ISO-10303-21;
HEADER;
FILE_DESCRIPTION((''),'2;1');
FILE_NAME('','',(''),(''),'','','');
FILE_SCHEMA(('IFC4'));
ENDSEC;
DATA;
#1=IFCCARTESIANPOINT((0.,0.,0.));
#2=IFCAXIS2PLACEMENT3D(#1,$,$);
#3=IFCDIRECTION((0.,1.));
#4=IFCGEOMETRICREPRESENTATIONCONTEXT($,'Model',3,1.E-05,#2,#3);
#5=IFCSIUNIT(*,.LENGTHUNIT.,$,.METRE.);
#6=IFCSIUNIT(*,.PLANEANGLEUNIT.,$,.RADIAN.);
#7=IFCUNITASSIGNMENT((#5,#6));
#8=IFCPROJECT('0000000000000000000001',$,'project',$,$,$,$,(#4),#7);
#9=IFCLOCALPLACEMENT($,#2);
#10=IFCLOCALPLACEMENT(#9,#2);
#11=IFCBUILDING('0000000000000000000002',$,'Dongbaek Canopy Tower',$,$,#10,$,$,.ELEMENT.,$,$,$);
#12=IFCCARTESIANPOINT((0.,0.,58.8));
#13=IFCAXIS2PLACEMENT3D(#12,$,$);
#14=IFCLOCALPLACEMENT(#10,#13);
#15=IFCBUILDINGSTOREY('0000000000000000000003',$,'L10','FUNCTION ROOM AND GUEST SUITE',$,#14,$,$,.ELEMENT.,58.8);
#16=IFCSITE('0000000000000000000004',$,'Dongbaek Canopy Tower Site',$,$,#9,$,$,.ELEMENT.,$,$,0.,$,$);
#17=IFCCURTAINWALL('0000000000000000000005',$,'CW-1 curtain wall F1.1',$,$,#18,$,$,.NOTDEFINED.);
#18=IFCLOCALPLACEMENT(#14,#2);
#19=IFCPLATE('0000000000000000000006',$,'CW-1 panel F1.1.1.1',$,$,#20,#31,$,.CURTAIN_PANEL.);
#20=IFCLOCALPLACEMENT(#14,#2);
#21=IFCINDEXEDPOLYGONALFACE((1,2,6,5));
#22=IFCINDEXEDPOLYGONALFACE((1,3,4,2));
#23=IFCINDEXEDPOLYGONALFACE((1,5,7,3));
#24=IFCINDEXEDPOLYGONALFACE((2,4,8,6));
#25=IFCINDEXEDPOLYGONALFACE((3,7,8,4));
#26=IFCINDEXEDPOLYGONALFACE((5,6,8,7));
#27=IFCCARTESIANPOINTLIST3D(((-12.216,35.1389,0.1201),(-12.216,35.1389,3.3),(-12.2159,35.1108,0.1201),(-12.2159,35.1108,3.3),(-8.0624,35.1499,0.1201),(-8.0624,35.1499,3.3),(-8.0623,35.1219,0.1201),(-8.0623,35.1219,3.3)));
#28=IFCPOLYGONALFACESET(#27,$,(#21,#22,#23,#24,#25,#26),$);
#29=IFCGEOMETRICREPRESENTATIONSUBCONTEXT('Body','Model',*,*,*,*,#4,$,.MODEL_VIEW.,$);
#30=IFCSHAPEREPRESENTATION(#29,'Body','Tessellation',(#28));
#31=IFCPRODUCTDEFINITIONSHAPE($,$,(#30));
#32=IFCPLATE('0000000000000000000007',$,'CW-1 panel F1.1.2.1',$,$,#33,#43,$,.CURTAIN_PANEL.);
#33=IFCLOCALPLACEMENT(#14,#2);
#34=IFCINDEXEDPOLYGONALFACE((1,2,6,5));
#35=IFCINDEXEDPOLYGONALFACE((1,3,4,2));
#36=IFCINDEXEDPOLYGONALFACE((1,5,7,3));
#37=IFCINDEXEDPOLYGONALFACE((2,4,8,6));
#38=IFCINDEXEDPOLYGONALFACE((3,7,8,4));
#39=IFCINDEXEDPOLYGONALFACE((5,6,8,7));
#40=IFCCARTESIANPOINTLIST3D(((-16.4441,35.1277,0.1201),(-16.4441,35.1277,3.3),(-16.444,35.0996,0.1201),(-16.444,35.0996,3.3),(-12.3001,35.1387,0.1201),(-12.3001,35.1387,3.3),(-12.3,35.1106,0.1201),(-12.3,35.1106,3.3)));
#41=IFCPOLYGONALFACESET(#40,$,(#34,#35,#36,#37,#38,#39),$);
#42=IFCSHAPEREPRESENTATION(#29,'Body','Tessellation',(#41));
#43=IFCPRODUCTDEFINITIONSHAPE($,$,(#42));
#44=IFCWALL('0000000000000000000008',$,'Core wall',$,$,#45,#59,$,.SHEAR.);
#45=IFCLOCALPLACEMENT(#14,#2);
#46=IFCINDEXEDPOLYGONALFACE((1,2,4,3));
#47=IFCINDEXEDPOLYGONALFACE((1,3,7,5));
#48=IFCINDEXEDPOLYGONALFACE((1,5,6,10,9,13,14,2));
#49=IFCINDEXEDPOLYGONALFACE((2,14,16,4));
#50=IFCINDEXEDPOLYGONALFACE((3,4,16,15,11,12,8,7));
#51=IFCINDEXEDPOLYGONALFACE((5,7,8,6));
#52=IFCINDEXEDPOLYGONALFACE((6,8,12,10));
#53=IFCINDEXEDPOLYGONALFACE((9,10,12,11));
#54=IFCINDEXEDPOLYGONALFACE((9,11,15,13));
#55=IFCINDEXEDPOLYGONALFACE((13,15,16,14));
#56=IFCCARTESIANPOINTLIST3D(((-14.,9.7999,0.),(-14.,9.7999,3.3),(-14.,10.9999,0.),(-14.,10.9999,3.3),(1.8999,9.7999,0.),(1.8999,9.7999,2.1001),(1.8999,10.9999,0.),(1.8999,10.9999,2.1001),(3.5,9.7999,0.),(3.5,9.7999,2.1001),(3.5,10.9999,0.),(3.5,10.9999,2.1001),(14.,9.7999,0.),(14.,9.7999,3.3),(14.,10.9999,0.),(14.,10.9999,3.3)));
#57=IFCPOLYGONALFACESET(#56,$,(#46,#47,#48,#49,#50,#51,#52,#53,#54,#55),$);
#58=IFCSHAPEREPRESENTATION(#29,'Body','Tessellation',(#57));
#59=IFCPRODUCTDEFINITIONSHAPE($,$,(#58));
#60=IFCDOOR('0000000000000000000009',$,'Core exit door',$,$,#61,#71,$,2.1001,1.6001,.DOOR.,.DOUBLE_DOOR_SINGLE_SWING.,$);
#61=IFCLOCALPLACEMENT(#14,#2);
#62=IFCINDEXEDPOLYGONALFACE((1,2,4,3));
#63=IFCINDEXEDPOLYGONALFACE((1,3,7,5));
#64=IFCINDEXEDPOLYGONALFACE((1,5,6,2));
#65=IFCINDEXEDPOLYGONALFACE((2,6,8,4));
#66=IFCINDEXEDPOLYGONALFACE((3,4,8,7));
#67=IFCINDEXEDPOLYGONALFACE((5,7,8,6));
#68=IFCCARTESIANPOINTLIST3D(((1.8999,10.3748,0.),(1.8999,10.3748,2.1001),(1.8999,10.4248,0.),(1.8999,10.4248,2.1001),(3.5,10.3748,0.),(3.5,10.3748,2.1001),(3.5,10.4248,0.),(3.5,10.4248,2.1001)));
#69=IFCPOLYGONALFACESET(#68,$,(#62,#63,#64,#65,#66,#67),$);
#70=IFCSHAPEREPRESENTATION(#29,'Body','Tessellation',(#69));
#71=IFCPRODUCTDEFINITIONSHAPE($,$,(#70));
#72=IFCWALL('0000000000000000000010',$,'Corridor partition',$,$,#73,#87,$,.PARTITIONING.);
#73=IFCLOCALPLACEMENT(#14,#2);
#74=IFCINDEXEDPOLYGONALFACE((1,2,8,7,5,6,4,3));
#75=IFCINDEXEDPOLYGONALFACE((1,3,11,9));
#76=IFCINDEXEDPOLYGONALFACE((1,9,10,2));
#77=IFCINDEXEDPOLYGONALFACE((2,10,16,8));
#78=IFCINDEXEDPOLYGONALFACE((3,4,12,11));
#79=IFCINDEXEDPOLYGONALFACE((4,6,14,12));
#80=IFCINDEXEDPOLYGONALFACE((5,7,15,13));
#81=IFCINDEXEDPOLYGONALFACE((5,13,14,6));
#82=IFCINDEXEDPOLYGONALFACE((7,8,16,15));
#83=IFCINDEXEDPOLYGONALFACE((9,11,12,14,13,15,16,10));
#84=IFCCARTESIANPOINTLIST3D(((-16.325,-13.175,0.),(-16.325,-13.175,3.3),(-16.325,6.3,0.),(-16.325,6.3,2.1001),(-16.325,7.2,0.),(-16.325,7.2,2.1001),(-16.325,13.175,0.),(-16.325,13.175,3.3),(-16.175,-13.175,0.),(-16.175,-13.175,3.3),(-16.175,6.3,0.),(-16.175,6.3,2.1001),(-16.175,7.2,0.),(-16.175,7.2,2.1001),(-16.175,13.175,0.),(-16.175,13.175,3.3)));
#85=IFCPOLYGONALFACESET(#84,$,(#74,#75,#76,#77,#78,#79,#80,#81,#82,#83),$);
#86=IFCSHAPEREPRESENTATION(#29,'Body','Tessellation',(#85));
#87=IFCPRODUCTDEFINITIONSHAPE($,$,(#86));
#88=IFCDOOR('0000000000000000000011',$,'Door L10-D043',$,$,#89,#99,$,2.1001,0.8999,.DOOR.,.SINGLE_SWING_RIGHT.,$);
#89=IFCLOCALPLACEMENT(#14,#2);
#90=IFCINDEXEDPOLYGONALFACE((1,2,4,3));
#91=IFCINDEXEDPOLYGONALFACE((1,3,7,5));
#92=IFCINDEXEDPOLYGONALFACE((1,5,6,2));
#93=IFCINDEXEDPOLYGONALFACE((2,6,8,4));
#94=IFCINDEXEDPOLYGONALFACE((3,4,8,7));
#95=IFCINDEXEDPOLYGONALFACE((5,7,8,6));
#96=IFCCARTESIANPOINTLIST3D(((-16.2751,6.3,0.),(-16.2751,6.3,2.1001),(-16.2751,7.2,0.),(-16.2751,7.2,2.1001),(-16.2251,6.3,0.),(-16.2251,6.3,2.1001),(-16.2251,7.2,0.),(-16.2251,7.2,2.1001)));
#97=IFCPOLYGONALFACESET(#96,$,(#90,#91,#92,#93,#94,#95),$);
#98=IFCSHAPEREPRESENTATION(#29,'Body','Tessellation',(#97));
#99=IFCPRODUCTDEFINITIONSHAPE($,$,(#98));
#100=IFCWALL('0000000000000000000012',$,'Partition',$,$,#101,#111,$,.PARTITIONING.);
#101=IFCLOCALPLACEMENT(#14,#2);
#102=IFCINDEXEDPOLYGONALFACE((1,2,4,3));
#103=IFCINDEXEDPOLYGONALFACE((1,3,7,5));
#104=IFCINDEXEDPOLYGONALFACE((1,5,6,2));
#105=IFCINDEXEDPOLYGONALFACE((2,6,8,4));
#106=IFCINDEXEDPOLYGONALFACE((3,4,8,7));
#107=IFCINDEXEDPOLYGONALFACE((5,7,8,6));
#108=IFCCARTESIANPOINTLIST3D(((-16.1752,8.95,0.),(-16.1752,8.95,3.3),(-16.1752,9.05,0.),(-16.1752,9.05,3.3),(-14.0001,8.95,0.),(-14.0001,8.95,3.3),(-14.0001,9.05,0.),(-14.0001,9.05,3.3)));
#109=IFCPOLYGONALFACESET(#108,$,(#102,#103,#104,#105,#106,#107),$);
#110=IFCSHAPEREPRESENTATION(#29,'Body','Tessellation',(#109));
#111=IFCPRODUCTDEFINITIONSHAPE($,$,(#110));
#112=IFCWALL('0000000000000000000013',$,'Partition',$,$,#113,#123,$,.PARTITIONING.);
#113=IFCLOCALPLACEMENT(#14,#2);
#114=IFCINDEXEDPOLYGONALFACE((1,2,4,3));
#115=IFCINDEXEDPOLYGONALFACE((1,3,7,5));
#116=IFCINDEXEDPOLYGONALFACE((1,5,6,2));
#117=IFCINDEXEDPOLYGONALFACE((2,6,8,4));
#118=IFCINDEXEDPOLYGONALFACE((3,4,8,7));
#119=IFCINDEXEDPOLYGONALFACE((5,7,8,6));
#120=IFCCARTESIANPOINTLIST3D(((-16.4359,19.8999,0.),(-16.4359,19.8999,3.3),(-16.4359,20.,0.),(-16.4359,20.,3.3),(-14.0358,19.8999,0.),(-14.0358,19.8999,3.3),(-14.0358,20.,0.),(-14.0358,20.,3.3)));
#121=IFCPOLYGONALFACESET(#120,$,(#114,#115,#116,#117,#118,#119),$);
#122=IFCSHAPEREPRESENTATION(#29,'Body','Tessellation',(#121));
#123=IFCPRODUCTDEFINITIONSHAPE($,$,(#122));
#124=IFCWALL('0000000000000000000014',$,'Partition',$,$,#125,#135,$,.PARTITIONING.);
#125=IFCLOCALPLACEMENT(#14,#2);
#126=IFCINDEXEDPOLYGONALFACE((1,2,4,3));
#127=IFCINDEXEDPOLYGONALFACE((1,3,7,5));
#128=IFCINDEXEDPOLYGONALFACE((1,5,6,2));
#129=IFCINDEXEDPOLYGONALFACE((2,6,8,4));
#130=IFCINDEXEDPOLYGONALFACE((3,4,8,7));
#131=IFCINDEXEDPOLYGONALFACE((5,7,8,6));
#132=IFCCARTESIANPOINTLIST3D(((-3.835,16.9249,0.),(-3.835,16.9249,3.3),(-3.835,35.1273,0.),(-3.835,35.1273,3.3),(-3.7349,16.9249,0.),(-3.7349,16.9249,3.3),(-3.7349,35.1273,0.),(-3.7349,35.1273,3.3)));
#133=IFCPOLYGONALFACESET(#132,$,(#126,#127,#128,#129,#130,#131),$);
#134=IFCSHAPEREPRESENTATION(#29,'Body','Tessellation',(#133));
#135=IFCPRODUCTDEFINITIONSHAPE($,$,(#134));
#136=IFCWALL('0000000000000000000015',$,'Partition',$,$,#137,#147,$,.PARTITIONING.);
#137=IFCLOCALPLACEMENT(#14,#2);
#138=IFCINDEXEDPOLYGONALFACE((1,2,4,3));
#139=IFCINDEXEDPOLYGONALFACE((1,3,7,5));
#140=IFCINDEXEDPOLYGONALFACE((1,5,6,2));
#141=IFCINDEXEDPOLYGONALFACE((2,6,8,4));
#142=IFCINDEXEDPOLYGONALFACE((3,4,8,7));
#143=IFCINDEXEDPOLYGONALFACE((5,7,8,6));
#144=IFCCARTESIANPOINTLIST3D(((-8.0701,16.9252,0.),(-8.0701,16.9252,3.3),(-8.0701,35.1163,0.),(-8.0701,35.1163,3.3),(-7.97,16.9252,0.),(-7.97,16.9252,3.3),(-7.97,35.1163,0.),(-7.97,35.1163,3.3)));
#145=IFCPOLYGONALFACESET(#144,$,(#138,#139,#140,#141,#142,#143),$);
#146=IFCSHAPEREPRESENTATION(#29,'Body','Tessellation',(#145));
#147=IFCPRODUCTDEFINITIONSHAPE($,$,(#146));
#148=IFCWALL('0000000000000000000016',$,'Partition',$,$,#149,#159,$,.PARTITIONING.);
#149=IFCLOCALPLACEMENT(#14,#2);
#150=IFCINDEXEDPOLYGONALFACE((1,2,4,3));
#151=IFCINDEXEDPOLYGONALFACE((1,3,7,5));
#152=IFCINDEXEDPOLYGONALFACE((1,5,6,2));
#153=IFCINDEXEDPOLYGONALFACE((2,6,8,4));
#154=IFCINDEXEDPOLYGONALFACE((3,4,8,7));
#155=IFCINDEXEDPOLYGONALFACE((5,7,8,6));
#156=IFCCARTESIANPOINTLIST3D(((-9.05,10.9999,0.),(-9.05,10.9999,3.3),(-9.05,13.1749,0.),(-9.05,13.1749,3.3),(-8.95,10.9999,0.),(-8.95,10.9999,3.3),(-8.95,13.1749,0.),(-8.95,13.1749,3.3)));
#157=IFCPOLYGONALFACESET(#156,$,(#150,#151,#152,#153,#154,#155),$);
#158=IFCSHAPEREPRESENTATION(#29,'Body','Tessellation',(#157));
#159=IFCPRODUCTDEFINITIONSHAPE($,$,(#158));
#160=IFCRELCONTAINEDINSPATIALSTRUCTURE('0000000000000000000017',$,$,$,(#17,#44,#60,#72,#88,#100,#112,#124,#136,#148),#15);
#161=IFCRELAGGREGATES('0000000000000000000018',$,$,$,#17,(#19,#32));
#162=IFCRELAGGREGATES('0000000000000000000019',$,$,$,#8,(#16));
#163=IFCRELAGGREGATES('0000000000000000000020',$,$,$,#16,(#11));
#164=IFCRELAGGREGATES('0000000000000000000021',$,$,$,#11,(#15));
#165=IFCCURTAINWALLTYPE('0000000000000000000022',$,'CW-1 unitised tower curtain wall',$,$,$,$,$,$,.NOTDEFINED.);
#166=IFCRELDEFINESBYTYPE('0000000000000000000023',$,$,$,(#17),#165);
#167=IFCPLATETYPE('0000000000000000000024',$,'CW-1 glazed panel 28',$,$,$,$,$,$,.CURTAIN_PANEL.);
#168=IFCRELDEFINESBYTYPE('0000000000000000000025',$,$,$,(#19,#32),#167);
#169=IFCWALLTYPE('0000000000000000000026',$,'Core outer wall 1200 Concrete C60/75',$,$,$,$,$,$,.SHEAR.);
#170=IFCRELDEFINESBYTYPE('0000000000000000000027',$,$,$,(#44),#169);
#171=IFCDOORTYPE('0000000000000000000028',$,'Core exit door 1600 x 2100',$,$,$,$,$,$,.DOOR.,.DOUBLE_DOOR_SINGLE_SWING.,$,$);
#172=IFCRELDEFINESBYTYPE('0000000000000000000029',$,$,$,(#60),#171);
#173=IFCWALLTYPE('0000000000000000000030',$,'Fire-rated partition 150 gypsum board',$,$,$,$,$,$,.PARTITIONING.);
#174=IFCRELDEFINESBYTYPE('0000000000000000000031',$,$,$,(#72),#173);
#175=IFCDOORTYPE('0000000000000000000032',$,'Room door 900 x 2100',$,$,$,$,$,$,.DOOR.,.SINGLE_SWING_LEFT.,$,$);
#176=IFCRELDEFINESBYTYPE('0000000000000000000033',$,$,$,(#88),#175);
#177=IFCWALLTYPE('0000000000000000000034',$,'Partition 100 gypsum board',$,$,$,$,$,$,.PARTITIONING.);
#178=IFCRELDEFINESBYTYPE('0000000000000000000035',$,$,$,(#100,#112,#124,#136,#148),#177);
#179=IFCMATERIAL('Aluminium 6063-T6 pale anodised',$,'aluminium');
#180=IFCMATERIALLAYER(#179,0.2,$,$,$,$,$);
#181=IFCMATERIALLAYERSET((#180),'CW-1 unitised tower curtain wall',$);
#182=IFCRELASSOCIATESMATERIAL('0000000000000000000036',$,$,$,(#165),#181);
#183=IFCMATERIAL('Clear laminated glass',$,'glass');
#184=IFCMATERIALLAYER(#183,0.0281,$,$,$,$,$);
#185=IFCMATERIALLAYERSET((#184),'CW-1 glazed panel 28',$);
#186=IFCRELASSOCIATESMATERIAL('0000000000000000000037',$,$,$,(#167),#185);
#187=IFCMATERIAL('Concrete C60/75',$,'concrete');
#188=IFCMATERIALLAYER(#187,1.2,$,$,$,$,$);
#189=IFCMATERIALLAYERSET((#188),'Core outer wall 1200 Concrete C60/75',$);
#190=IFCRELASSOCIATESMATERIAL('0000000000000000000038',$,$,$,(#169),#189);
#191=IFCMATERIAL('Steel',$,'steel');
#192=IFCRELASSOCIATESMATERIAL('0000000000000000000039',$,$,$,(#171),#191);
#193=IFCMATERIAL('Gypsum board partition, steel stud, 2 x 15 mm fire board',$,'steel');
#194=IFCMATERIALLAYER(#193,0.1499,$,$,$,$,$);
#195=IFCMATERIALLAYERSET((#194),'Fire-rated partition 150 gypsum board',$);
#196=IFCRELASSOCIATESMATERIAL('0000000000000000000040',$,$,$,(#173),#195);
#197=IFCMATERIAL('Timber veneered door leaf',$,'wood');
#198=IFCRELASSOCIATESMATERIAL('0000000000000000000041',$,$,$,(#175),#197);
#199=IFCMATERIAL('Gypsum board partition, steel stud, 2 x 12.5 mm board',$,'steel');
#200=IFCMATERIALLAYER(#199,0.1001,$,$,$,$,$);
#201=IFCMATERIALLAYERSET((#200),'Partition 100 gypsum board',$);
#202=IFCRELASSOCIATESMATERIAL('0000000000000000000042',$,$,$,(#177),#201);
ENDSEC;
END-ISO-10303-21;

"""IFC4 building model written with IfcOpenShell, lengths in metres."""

from ifc_helpers import new_model, si_unit, direction, frame, frame_2d, origin, origin_2d, place, context, subcontext, project, spatial, rectangle, extrude, material, layer, layer_set, type_object, element, fill, aggregate, save


model = new_model("IFC4")

# Units and contexts
model_context = context("Model", 3, precision=1e-05, world=origin(), true_north=direction((0.0, 1.0)))
body_context = subcontext(model_context, "Body", "Model", "MODEL_VIEW")
ifc_project = project(units=[si_unit("LENGTHUNIT", "METRE"), si_unit("PLANEANGLEUNIT", "RADIAN")], contexts=[model_context])

# Site, building, storey
site_placement = place(None, origin())
site = spatial("IfcSite", under=ifc_project, at=site_placement, Name="Dongbaek Canopy Tower Site", CompositionType="ELEMENT", RefElevation=0.0)
building_placement = place(site_placement, origin())
building = spatial("IfcBuilding", under=site, at=building_placement, Name="Dongbaek Canopy Tower", CompositionType="ELEMENT")
storey_placement = place(building_placement, frame((0.0, 0.0, 58.8)))
storey = spatial("IfcBuildingStorey", under=building, at=storey_placement, Name="L10", Description="FUNCTION ROOM AND GUEST SUITE", CompositionType="ELEMENT", Elevation=58.8)

# Curtain wall
ifc_material_1 = material(Name="Aluminium 6063-T6 pale anodised", Category="aluminium")
ifc_layer_1 = layer(ifc_material_1, 0.2)
ifc_layer_set_1 = layer_set([ifc_layer_1], Name="CW-1 unitised tower curtain wall")
curtain_wall_type = type_object("IfcCurtainWallType", Name="CW-1 unitised tower curtain wall", PredefinedType="NOTDEFINED", material=ifc_layer_set_1)
curtain_wall_placement = place(storey_placement, origin())
curtain_wall = element("IfcCurtainWall", 1, at=curtain_wall_placement, inside=storey, type_object=curtain_wall_type, Name="CW-1 curtain wall F1.1", PredefinedType="NOTDEFINED")

# Plates
ifc_material_2 = material(Name="Clear laminated glass", Category="glass")
ifc_layer_2 = layer(ifc_material_2, 0.0281)
ifc_layer_set_2 = layer_set([ifc_layer_2], Name="CW-1 glazed panel 28")
plate_type = type_object("IfcPlateType", Name="CW-1 glazed panel 28", PredefinedType="CURTAIN_PANEL", material=ifc_layer_set_2)
plate_1_placement = place(storey_placement, frame((-10.1392, 35.1304, 0.1201), z_axis=(0.0, 0.0, 1.0), x_axis=(-0.999996, -0.002666, 0.0)))
plate_1 = element("IfcPlate", 2, at=plate_1_placement, type_object=plate_type, Name="CW-1 panel F1.1.1.1", PredefinedType="CURTAIN_PANEL", context=body_context, shape_type="SweptSolid", body=[
    extrude(rectangle(XDim=4.1536, YDim=0.0281, at=origin_2d()), origin(), (0.0, 0.0, 1.0), 3.1799),
])
plate_2_placement = place(storey_placement, frame((-14.3721, 35.1191, 0.1201), z_axis=(0.0, 0.0, 1.0), x_axis=(-0.999996, -0.002666, 0.0)))
plate_2 = element("IfcPlate", 3, at=plate_2_placement, type_object=plate_type, Name="CW-1 panel F1.1.2.1", PredefinedType="CURTAIN_PANEL", context=body_context, shape_type="SweptSolid", body=[
    extrude(rectangle(XDim=4.144, YDim=0.0281, at=origin_2d()), origin(), (0.0, 0.0, 1.0), 3.1799),
])

# Walls, openings, doors
ifc_material_3 = material(Name="Concrete C60/75", Category="concrete")
ifc_layer_3 = layer(ifc_material_3, 1.2)
ifc_layer_set_3 = layer_set([ifc_layer_3], Name="Core outer wall 1200 Concrete C60/75")
wall_type_1 = type_object("IfcWallType", Name="Core outer wall 1200 Concrete C60/75", PredefinedType="SHEAR", material=ifc_layer_set_3)
wall_1_placement = place(storey_placement, frame((-14.0, 10.3999, 0.0), z_axis=(0.0, 0.0, 1.0), x_axis=(1.0, 0.0, 0.0)))
wall_1 = element("IfcWall", 4, at=wall_1_placement, inside=storey, type_object=wall_type_1, Name="Core wall", PredefinedType="SHEAR", context=body_context, shape_type="SweptSolid", body=[
    extrude(rectangle(XDim=28.0, YDim=1.2, at=frame_2d((14.0, 0.0))), origin(), (0.0, 0.0, 1.0), 3.3),
])
opening_1_placement = place(wall_1_placement, frame((15.8999, 0.0, 0.0)))
opening_1 = element("IfcOpeningElement", 5, at=opening_1_placement, cuts=wall_1, PredefinedType="OPENING", context=body_context, shape_type="SweptSolid", body=[
    extrude(rectangle(XDim=1.6001, YDim=2.1001, at=frame_2d((0.8, 1.05))), frame((0.0, 0.6099, 0.0), z_axis=(0.0, -1.0, 0.0), x_axis=(1.0, 0.0, 0.0)), (0.0, 0.0, 1.0), 1.22),
])
ifc_material_4 = material(Name="Steel", Category="steel")
door_type_1 = type_object("IfcDoorType", Name="Core exit door 1600 x 2100", OperationType="DOUBLE_DOOR_SINGLE_SWING", PredefinedType="DOOR", material=ifc_material_4)
door_1_placement = place(opening_1_placement, origin())
door_1 = element("IfcDoor", 6, at=door_1_placement, inside=storey, type_object=door_type_1, Name="Core exit door", OperationType="DOUBLE_DOOR_SINGLE_SWING", OverallHeight=2.1001, OverallWidth=1.6001, PredefinedType="DOOR", context=body_context, shape_type="SweptSolid", body=[
    extrude(rectangle(XDim=1.6001, YDim=2.1001, at=frame_2d((0.8, 1.05))), frame((0.0, 0.0249, 0.0), z_axis=(0.0, -1.0, 0.0), x_axis=(1.0, 0.0, 0.0)), (0.0, 0.0, 1.0), 0.05),
])
fill(opening_1, door_1)
ifc_material_5 = material(Name="Gypsum board partition, steel stud, 2 x 15 mm fire board", Category="steel")
ifc_layer_4 = layer(ifc_material_5, 0.1499)
ifc_layer_set_4 = layer_set([ifc_layer_4], Name="Fire-rated partition 150 gypsum board")
wall_type_2 = type_object("IfcWallType", Name="Fire-rated partition 150 gypsum board", PredefinedType="PARTITIONING", material=ifc_layer_set_4)
wall_2_placement = place(storey_placement, frame((-16.25, 13.175, 0.0), z_axis=(0.0, 0.0, 1.0), x_axis=(0.0, -1.0, 0.0)))
wall_2 = element("IfcWall", 7, at=wall_2_placement, inside=storey, type_object=wall_type_2, Name="Corridor partition", PredefinedType="PARTITIONING", context=body_context, shape_type="SweptSolid", body=[
    extrude(rectangle(XDim=26.3501, YDim=0.1499, at=frame_2d((13.175, 0.0))), origin(), (0.0, 0.0, 1.0), 3.3),
])
opening_2_placement = place(wall_2_placement, frame((5.9751, 0.0, 0.0)))
opening_2 = element("IfcOpeningElement", 8, at=opening_2_placement, cuts=wall_2, PredefinedType="OPENING", context=body_context, shape_type="SweptSolid", body=[
    extrude(rectangle(XDim=0.8999, YDim=2.1001, at=frame_2d((0.45, 1.05))), frame((0.0, 0.085, 0.0), z_axis=(0.0, -1.0, 0.0), x_axis=(1.0, 0.0, 0.0)), (0.0, 0.0, 1.0), 0.1699),
])
ifc_material_6 = material(Name="Timber veneered door leaf", Category="wood")
door_type_2 = type_object("IfcDoorType", Name="Room door 900 x 2100", OperationType="SINGLE_SWING_LEFT", PredefinedType="DOOR", material=ifc_material_6)
door_2_placement = place(opening_2_placement, origin())
door_2 = element("IfcDoor", 9, at=door_2_placement, inside=storey, type_object=door_type_2, Name="Door L10-D043", OperationType="SINGLE_SWING_RIGHT", OverallHeight=2.1001, OverallWidth=0.8999, PredefinedType="DOOR", context=body_context, shape_type="SweptSolid", body=[
    extrude(rectangle(XDim=0.8999, YDim=2.1001, at=frame_2d((0.45, 1.05))), frame((0.0, 0.0249, 0.0), z_axis=(0.0, -1.0, 0.0), x_axis=(1.0, 0.0, 0.0)), (0.0, 0.0, 1.0), 0.05),
])
fill(opening_2, door_2)

# Walls
ifc_material_7 = material(Name="Gypsum board partition, steel stud, 2 x 12.5 mm board", Category="steel")
ifc_layer_5 = layer(ifc_material_7, 0.1001)
ifc_layer_set_5 = layer_set([ifc_layer_5], Name="Partition 100 gypsum board")
wall_type_3 = type_object("IfcWallType", Name="Partition 100 gypsum board", PredefinedType="PARTITIONING", material=ifc_layer_set_5)
wall_3_placement = place(storey_placement, frame((-16.175, 9.0, 0.0), z_axis=(0.0, 0.0, 1.0), x_axis=(1.0, 0.0, 0.0)))
element("IfcWall", 10, at=wall_3_placement, inside=storey, type_object=wall_type_3, Name="Partition", PredefinedType="PARTITIONING", context=body_context, shape_type="SweptSolid", body=[
    extrude(rectangle(XDim=2.175, YDim=0.1001, at=frame_2d((1.0874, 0.0))), origin(), (0.0, 0.0, 1.0), 3.3),
])
wall_4_placement = place(storey_placement, frame((-16.436, 19.95, 0.0), z_axis=(0.0, 0.0, 1.0), x_axis=(1.0, 0.0, 0.0)))
element("IfcWall", 11, at=wall_4_placement, inside=storey, type_object=wall_type_3, Name="Partition", PredefinedType="PARTITIONING", context=body_context, shape_type="SweptSolid", body=[
    extrude(rectangle(XDim=2.4001, YDim=0.1001, at=frame_2d((1.2002, 0.0))), origin(), (0.0, 0.0, 1.0), 3.3),
])
wall_5_placement = place(storey_placement, frame((-3.7849, 16.925, 0.0), z_axis=(0.0, 0.0, 1.0), x_axis=(0.0, 1.0, 0.0)))
element("IfcWall", 12, at=wall_5_placement, inside=storey, type_object=wall_type_3, Name="Partition", PredefinedType="PARTITIONING", context=body_context, shape_type="SweptSolid", body=[
    extrude(rectangle(XDim=18.2024, YDim=0.1001, at=frame_2d((9.1011, 0.0))), origin(), (0.0, 0.0, 1.0), 3.3),
])
wall_6_placement = place(storey_placement, frame((-8.02, 16.925, 0.0), z_axis=(0.0, 0.0, 1.0), x_axis=(0.0, 1.0, 0.0)))
element("IfcWall", 13, at=wall_6_placement, inside=storey, type_object=wall_type_3, Name="Partition", PredefinedType="PARTITIONING", context=body_context, shape_type="SweptSolid", body=[
    extrude(rectangle(XDim=18.1912, YDim=0.1001, at=frame_2d((9.0957, 0.0))), origin(), (0.0, 0.0, 1.0), 3.3),
])
wall_7_placement = place(storey_placement, frame((-9.0, 11.0, 0.0), z_axis=(0.0, 0.0, 1.0), x_axis=(0.0, 1.0, 0.0)))
element("IfcWall", 14, at=wall_7_placement, inside=storey, type_object=wall_type_3, Name="Partition", PredefinedType="PARTITIONING", context=body_context, shape_type="SweptSolid", body=[
    extrude(rectangle(XDim=2.175, YDim=0.1001, at=frame_2d((1.0874, 0.0))), origin(), (0.0, 0.0, 1.0), 3.3),
])

aggregate(curtain_wall, [plate_1, plate_2])

save(model, "model.ifc")
